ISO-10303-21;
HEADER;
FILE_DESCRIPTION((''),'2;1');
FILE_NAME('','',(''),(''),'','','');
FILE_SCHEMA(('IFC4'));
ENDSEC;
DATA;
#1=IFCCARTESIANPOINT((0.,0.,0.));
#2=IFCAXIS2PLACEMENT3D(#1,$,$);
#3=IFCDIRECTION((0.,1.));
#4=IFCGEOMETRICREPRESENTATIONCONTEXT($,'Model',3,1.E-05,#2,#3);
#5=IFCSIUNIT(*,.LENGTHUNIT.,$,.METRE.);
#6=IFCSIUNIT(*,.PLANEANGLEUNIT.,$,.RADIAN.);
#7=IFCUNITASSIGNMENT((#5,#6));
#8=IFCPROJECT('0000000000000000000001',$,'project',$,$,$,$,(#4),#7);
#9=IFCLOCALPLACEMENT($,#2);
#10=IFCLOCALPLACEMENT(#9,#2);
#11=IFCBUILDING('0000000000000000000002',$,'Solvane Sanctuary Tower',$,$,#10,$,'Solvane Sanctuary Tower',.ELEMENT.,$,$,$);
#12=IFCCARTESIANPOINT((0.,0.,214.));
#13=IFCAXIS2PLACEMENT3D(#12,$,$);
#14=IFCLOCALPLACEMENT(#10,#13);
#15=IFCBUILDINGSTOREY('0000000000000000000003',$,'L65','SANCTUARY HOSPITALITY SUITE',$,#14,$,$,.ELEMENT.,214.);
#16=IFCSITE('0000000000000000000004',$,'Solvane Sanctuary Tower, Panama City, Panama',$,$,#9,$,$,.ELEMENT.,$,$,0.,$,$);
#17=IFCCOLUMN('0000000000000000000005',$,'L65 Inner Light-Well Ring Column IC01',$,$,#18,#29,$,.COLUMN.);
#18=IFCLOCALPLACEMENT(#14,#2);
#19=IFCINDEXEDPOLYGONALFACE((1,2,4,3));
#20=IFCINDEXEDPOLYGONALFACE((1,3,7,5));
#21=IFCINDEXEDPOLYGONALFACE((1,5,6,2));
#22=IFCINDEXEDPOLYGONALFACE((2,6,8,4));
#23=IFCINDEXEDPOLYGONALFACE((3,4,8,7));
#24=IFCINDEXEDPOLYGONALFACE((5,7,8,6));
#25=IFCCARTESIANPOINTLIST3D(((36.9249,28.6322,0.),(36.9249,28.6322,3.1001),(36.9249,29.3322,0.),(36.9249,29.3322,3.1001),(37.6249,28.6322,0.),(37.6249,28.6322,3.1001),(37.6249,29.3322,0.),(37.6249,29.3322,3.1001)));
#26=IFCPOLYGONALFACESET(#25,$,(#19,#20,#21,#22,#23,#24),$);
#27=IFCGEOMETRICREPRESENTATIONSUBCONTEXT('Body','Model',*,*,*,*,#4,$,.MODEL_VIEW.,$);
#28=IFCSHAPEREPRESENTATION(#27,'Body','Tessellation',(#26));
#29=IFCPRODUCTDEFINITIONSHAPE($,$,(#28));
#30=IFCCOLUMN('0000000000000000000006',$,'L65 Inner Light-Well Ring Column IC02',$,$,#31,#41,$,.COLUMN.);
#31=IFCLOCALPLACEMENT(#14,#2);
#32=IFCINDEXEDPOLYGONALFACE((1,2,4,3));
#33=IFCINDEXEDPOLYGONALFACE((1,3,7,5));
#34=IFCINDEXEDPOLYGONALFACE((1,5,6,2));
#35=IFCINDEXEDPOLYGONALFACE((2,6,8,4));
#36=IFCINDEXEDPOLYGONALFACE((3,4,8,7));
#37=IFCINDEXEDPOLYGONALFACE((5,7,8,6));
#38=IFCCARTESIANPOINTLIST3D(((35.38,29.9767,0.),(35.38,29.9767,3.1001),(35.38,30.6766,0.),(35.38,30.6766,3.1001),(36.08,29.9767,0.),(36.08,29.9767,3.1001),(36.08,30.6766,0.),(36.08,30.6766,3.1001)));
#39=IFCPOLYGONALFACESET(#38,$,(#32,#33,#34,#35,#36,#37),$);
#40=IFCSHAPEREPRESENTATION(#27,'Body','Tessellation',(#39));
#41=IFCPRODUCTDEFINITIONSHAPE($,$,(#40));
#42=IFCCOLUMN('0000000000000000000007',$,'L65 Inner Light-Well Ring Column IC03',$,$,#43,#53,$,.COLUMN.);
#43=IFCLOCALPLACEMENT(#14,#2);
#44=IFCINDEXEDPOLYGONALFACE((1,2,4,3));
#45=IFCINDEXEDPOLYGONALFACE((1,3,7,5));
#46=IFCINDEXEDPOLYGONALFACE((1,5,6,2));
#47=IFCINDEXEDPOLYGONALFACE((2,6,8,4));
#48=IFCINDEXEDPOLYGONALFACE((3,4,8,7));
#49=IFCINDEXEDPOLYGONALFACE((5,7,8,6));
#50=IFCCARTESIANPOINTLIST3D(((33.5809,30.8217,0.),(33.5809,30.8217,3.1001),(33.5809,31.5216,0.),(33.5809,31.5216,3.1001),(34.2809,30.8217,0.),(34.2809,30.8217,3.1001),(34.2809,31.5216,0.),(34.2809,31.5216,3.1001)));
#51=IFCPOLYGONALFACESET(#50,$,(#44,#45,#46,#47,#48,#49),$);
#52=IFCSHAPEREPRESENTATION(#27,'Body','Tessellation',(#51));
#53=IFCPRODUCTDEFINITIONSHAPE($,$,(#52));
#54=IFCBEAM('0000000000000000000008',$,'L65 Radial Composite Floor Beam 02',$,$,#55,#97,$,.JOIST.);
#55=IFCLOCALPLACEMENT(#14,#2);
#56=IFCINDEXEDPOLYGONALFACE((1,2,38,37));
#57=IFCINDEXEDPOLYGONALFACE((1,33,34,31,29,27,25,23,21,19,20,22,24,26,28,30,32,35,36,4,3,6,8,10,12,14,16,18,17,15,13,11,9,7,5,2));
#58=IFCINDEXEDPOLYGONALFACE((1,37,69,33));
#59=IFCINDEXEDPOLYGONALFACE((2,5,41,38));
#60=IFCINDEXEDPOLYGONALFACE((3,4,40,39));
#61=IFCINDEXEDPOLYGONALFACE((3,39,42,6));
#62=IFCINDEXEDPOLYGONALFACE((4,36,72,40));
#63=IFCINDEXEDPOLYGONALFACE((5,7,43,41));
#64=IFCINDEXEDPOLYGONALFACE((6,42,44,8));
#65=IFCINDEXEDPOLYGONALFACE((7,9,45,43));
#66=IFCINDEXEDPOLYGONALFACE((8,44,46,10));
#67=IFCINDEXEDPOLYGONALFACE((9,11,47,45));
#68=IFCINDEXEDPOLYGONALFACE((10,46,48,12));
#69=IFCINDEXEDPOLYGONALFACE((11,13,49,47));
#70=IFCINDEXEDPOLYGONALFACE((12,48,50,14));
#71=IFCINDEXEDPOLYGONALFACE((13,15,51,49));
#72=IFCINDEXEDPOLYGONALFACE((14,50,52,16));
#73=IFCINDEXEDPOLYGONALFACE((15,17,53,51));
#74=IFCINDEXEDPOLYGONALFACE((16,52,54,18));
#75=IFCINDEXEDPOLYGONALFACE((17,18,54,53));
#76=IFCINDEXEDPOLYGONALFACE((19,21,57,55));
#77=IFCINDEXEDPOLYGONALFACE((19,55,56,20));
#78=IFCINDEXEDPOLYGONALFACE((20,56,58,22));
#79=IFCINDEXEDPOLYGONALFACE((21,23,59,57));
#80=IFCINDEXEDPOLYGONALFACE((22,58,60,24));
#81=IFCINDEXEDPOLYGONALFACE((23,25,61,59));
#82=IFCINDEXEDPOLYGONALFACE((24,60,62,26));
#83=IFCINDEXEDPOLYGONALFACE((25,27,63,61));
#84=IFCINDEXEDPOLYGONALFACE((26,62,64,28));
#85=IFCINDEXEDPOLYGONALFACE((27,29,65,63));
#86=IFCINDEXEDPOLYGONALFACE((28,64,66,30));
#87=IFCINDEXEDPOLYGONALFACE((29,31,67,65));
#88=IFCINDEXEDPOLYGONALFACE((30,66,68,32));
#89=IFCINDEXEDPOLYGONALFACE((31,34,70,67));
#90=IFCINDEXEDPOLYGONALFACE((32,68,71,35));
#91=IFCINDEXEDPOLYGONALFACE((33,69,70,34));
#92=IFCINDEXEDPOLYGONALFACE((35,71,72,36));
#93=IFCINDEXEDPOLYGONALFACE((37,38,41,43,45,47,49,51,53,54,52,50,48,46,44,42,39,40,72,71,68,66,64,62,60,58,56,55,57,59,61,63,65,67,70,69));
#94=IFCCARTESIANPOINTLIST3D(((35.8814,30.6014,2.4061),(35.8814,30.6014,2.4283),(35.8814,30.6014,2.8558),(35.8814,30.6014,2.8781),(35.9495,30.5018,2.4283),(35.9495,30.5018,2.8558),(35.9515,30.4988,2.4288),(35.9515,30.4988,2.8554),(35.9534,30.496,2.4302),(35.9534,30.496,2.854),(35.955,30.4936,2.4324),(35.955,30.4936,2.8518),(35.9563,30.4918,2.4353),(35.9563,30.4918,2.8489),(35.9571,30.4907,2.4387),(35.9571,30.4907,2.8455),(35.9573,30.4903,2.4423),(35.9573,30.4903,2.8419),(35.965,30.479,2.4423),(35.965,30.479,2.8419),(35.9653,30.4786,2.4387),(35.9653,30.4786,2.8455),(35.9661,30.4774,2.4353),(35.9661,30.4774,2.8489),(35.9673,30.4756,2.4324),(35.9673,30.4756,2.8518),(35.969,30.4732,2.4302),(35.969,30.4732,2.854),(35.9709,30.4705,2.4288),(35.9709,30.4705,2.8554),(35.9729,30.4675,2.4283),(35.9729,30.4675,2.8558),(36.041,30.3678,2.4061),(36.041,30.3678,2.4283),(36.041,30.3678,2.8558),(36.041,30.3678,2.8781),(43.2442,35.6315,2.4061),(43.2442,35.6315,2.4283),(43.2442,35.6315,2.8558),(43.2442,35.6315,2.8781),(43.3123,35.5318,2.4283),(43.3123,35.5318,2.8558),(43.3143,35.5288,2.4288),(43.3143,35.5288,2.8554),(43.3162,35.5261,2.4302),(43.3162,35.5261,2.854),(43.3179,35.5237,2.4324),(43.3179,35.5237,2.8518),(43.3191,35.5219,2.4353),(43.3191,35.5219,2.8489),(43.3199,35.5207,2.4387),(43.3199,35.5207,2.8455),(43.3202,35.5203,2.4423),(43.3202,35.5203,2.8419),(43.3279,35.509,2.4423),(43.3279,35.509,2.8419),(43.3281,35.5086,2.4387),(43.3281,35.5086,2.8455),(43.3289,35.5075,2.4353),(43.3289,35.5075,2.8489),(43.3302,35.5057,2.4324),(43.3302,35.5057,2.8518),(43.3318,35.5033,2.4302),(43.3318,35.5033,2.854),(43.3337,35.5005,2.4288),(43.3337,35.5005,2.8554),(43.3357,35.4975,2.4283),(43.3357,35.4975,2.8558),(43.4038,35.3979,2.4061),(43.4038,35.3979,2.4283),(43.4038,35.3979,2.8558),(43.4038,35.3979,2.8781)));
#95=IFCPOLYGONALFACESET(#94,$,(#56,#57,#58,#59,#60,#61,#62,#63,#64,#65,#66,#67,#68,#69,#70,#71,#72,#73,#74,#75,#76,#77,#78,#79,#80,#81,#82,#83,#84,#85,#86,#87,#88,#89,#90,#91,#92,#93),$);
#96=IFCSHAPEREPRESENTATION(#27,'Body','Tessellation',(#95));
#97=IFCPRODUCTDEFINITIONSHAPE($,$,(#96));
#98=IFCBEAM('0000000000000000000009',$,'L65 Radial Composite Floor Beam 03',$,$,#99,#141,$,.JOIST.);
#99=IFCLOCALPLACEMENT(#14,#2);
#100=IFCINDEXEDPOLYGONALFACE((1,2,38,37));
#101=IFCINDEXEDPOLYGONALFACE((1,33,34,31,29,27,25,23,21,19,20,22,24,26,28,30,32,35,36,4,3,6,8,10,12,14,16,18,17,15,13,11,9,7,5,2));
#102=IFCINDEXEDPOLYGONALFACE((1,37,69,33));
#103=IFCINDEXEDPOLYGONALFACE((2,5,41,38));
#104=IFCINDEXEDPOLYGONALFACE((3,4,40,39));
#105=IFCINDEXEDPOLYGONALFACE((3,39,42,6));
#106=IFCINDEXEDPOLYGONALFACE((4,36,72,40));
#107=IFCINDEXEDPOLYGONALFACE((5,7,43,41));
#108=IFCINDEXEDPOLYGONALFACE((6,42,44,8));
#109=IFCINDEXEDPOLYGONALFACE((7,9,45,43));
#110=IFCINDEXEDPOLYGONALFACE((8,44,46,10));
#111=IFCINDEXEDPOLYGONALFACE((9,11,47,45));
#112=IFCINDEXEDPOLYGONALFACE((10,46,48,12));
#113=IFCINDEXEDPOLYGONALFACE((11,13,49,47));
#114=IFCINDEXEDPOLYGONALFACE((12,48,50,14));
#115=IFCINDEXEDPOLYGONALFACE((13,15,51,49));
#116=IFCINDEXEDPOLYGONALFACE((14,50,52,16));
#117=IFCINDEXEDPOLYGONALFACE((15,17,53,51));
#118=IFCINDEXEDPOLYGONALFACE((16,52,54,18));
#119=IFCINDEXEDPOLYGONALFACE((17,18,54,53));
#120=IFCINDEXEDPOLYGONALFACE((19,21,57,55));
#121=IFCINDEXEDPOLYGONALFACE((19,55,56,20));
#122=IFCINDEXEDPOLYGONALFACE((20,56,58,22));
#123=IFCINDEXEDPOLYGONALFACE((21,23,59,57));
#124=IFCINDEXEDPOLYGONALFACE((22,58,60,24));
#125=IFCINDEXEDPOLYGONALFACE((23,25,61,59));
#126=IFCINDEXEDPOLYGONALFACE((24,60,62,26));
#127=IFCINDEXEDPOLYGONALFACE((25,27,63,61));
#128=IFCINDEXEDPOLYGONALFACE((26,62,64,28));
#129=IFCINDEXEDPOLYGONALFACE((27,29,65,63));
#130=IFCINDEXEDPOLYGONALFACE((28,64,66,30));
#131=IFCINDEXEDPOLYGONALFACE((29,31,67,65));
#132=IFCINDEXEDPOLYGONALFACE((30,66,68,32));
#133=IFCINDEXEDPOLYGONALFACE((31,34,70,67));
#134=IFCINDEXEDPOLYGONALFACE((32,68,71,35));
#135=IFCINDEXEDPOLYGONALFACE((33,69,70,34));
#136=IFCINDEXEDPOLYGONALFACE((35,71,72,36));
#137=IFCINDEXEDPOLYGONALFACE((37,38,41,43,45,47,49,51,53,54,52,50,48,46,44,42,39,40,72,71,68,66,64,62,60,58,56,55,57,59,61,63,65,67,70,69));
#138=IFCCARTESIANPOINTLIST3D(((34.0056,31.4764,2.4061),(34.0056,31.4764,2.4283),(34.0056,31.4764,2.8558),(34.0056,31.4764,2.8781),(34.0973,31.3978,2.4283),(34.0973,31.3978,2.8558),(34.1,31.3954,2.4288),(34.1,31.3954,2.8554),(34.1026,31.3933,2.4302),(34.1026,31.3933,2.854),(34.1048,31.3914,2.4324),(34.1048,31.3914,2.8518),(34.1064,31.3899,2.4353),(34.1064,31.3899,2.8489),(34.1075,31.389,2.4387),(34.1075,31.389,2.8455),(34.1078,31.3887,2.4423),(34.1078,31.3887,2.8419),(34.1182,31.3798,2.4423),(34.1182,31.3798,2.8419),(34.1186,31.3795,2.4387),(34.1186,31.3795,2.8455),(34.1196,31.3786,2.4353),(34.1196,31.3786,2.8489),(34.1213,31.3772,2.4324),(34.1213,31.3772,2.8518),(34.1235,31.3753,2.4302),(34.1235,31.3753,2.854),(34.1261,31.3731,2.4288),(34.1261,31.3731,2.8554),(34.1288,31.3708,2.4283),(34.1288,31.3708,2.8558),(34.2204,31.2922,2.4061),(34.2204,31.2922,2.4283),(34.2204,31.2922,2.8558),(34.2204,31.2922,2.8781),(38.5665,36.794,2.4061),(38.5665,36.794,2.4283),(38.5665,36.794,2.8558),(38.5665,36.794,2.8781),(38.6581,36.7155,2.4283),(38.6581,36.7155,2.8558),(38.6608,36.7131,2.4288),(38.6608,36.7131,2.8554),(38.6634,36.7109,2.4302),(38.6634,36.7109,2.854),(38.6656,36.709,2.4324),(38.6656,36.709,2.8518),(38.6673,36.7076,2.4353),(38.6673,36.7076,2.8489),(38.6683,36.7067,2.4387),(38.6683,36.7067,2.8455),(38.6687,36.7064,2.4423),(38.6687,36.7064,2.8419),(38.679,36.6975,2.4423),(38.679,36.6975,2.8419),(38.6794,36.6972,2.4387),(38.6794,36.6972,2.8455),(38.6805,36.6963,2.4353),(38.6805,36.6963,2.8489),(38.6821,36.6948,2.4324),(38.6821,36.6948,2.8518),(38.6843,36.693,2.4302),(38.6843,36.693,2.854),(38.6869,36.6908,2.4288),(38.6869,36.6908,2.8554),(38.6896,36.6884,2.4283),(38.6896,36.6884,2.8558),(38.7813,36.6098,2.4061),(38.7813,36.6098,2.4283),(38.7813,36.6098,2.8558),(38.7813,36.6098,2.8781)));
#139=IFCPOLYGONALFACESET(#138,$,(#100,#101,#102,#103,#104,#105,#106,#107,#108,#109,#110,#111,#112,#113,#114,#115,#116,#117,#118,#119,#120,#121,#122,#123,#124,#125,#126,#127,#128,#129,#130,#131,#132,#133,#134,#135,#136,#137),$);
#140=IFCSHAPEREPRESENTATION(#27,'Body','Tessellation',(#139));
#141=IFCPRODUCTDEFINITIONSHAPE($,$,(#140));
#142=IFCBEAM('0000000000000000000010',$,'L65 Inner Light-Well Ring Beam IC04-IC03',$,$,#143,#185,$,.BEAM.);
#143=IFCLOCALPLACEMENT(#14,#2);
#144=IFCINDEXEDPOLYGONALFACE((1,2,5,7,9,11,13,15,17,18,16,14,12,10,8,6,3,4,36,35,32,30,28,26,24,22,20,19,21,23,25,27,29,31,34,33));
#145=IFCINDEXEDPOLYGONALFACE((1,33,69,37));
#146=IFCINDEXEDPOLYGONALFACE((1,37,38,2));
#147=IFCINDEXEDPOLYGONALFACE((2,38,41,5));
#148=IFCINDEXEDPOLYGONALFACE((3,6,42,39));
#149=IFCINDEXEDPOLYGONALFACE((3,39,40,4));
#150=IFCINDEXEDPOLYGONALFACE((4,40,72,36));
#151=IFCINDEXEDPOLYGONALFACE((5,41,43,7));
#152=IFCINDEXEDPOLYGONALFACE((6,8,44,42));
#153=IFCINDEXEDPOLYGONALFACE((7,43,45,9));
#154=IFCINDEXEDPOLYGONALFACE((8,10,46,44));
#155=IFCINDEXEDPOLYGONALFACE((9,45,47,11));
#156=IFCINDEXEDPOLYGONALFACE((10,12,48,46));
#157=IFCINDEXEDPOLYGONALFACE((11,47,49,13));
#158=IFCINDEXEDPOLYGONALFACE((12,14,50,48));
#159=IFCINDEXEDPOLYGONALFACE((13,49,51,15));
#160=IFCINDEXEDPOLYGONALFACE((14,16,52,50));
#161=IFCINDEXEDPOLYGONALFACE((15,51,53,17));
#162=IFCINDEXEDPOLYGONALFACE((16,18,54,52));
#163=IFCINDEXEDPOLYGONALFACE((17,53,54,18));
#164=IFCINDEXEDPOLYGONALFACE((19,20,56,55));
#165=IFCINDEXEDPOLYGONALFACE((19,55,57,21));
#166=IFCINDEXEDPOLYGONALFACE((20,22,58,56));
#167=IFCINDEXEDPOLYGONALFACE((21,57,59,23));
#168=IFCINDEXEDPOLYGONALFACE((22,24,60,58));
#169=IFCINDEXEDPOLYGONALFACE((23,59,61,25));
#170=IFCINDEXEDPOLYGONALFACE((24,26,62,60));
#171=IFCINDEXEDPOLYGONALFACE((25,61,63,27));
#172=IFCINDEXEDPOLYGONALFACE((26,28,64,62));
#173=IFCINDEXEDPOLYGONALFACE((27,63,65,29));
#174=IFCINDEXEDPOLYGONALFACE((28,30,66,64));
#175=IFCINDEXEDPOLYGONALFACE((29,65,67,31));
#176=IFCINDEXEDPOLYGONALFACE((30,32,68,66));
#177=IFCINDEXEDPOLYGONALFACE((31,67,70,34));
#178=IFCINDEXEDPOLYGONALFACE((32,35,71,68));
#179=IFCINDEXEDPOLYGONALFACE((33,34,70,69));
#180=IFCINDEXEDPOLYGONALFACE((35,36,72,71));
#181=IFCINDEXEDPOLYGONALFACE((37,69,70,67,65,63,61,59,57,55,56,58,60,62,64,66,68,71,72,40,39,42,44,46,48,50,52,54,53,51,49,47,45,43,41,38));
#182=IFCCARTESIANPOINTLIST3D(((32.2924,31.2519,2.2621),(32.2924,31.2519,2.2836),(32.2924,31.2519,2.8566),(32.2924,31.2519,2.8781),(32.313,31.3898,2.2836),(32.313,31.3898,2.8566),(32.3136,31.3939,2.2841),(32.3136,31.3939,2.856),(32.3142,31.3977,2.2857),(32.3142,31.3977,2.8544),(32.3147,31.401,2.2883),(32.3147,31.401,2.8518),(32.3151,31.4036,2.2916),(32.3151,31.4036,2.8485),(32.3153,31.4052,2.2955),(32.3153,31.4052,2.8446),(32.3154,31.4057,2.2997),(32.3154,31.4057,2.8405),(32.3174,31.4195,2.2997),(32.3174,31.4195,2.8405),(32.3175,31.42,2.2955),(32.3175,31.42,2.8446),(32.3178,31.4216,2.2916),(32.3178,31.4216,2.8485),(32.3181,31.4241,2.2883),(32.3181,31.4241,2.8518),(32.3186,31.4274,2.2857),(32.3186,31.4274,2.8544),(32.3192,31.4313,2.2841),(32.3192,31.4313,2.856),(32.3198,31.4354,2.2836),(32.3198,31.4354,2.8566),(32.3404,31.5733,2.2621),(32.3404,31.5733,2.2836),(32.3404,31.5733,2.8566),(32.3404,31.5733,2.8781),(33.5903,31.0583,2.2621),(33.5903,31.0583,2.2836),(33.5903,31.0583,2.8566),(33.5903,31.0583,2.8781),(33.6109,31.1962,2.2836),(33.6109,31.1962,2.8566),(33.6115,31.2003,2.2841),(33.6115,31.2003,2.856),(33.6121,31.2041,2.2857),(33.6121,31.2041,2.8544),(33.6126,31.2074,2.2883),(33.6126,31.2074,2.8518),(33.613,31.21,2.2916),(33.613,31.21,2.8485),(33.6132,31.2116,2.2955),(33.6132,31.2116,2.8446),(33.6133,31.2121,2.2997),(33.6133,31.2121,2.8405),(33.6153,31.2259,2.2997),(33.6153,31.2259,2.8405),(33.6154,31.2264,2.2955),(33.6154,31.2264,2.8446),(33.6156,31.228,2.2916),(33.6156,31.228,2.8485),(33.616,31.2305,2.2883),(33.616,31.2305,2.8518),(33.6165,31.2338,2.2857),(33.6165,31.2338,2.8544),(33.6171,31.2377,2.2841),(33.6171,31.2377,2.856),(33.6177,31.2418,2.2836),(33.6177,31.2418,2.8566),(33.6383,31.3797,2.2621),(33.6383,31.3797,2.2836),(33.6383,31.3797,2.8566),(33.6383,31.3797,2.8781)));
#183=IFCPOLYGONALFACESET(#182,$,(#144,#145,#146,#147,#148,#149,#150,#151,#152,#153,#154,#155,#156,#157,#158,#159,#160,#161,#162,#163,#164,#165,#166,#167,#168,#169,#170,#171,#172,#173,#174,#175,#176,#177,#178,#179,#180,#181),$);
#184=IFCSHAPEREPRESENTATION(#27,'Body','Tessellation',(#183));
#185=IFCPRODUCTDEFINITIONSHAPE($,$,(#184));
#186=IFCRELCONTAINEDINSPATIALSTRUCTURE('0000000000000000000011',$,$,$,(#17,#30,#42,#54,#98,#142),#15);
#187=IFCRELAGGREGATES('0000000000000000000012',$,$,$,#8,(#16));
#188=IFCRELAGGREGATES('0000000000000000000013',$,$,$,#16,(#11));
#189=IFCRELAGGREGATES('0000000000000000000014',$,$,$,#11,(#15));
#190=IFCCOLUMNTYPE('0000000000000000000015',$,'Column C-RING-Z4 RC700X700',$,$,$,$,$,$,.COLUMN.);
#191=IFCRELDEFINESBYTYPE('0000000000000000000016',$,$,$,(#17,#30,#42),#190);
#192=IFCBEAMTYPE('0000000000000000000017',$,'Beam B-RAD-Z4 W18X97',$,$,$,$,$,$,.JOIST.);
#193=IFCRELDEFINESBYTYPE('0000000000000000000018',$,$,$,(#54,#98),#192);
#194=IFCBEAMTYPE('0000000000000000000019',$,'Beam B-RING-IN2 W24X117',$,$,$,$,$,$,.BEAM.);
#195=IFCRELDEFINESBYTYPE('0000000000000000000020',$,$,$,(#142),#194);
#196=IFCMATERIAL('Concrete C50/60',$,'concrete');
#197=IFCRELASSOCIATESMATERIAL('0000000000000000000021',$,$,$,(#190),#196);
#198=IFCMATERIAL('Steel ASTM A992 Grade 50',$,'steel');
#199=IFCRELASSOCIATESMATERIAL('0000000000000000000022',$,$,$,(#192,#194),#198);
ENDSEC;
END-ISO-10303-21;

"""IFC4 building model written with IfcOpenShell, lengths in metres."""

from ifc_helpers import new_model, si_unit, direction, frame, origin, origin_2d, place, context, subcontext, project, spatial, rectangle, i_section, extrude, material, material_profile, profile_set, type_object, element, save


model = new_model("IFC4")

# Units and contexts
model_context = context("Model", 3, precision=1e-05, world=origin(), true_north=direction((0.0, 1.0)))
body_context = subcontext(model_context, "Body", "Model", "MODEL_VIEW")
ifc_project = project(units=[si_unit("LENGTHUNIT", "METRE"), si_unit("PLANEANGLEUNIT", "RADIAN")], contexts=[model_context])

# Site, building, storey
site_placement = place(None, origin())
site = spatial("IfcSite", under=ifc_project, at=site_placement, Name="Solvane Sanctuary Tower, Panama City, Panama", CompositionType="ELEMENT", RefElevation=0.0)
building_placement = place(site_placement, origin())
building = spatial("IfcBuilding", under=site, at=building_placement, Name="Solvane Sanctuary Tower", LongName="Solvane Sanctuary Tower", CompositionType="ELEMENT")
storey_placement = place(building_placement, frame((0.0, 0.0, 214.0)))
storey = spatial("IfcBuildingStorey", under=building, at=storey_placement, Name="L65", Description="SANCTUARY HOSPITALITY SUITE", CompositionType="ELEMENT", Elevation=214.0)

# Columns
ifc_material_1 = material(Name="Concrete C50/60", Category="concrete")
ifc_material_profile_1 = material_profile(ifc_material_1, rectangle(XDim=0.7, YDim=0.7, at=origin_2d()), Name="RC700X700")
ifc_profile_set_1 = profile_set([ifc_material_profile_1], Name="Concrete C50/60")
column_type = type_object("IfcColumnType", Name="Column C-RING-Z4 RC700X700", PredefinedType="COLUMN", material=ifc_profile_set_1)
for number, where, z_axis, x_axis, name in (
    (1, (37.2749, 28.9822, 0.0), (0.0, 0.0, 1.0), (1.0, 0.0, 0.0), "L65 Inner Light-Well Ring Column IC01"),
    (2, (35.73, 30.3267, 0.0), (0.0, 0.0, 1.0), (1.0, 0.0, 0.0), "L65 Inner Light-Well Ring Column IC02"),
    (3, (33.9309, 31.1716, 0.0), (0.0, 0.0, 1.0), (1.0, 0.0, 0.0), "L65 Inner Light-Well Ring Column IC03"),
):
    element("IfcColumn", number, at=place(storey_placement, frame(where, z_axis=z_axis, x_axis=x_axis)), inside=storey, type_object=column_type, Name=name, PredefinedType="COLUMN", context=body_context, shape_type="SweptSolid", body=[
        extrude(rectangle(XDim=0.7, YDim=0.7, at=origin_2d()), origin(), (0.0, 0.0, 1.0), 3.1001),
    ])

# Beams
ifc_material_2 = material(Name="Steel ASTM A992 Grade 50", Category="steel")
ifc_material_profile_2 = material_profile(ifc_material_2, i_section(OverallWidth=0.283, OverallDepth=0.4719, WebThickness=0.0137, FlangeThickness=0.0222, FilletRadius=0.0139, at=origin_2d()), Name="W18X97")
ifc_profile_set_2 = profile_set([ifc_material_profile_2], Name="Steel ASTM A992 Grade 50")
beam_type_1 = type_object("IfcBeamType", Name="Beam B-RAD-Z4 W18X97", PredefinedType="JOIST", material=ifc_profile_set_2)
beam_1_placement = place(storey_placement, frame((35.9612, 30.4846, 2.6421), z_axis=(0.825708, 0.564098, 0.0), x_axis=(-0.564098, 0.825708, 0.0)))
element("IfcBeam", 4, at=beam_1_placement, inside=storey, type_object=beam_type_1, Name="L65 Radial Composite Floor Beam 02", PredefinedType="JOIST", context=body_context, shape_type="SweptSolid", body=[
    extrude(i_section(OverallWidth=0.283, OverallDepth=0.4719, WebThickness=0.0137, FlangeThickness=0.0222, FilletRadius=0.0139, at=origin_2d()), origin(), (0.0, 0.0, 1.0), 8.917),
])
beam_2_placement = place(storey_placement, frame((34.113, 31.3843, 2.6421), z_axis=(0.651024, 0.759057, 0.0), x_axis=(-0.759057, 0.651024, 0.0)))
element("IfcBeam", 5, at=beam_2_placement, inside=storey, type_object=beam_type_1, Name="L65 Radial Composite Floor Beam 03", PredefinedType="JOIST", context=body_context, shape_type="SweptSolid", body=[
    extrude(i_section(OverallWidth=0.283, OverallDepth=0.4719, WebThickness=0.0137, FlangeThickness=0.0222, FilletRadius=0.0139, at=origin_2d()), origin(), (0.0, 0.0, 1.0), 7.0056),
])
ifc_material_profile_3 = material_profile(ifc_material_2, i_section(OverallWidth=0.325, OverallDepth=0.616, WebThickness=0.0139, FlangeThickness=0.0215, FilletRadius=0.0161, at=origin_2d()), Name="W24X117")
ifc_profile_set_3 = profile_set([ifc_material_profile_3], Name="Steel ASTM A992 Grade 50")
beam_type_2 = type_object("IfcBeamType", Name="Beam B-RING-IN2 W24X117", PredefinedType="BEAM", material=ifc_profile_set_3)
beam_3_placement = place(storey_placement, frame((32.3164, 31.4126, 2.5701), z_axis=(0.989056, -0.14754, 0.0), x_axis=(0.14754, 0.989056, 0.0)))
element("IfcBeam", 6, at=beam_3_placement, inside=storey, type_object=beam_type_2, Name="L65 Inner Light-Well Ring Beam IC04-IC03", PredefinedType="BEAM", context=body_context, shape_type="SweptSolid", body=[
    extrude(i_section(OverallWidth=0.325, OverallDepth=0.616, WebThickness=0.0139, FlangeThickness=0.0215, FilletRadius=0.0161, at=origin_2d()), origin(), (0.0, 0.0, 1.0), 1.3123),
])

save(model, "model.ifc")
